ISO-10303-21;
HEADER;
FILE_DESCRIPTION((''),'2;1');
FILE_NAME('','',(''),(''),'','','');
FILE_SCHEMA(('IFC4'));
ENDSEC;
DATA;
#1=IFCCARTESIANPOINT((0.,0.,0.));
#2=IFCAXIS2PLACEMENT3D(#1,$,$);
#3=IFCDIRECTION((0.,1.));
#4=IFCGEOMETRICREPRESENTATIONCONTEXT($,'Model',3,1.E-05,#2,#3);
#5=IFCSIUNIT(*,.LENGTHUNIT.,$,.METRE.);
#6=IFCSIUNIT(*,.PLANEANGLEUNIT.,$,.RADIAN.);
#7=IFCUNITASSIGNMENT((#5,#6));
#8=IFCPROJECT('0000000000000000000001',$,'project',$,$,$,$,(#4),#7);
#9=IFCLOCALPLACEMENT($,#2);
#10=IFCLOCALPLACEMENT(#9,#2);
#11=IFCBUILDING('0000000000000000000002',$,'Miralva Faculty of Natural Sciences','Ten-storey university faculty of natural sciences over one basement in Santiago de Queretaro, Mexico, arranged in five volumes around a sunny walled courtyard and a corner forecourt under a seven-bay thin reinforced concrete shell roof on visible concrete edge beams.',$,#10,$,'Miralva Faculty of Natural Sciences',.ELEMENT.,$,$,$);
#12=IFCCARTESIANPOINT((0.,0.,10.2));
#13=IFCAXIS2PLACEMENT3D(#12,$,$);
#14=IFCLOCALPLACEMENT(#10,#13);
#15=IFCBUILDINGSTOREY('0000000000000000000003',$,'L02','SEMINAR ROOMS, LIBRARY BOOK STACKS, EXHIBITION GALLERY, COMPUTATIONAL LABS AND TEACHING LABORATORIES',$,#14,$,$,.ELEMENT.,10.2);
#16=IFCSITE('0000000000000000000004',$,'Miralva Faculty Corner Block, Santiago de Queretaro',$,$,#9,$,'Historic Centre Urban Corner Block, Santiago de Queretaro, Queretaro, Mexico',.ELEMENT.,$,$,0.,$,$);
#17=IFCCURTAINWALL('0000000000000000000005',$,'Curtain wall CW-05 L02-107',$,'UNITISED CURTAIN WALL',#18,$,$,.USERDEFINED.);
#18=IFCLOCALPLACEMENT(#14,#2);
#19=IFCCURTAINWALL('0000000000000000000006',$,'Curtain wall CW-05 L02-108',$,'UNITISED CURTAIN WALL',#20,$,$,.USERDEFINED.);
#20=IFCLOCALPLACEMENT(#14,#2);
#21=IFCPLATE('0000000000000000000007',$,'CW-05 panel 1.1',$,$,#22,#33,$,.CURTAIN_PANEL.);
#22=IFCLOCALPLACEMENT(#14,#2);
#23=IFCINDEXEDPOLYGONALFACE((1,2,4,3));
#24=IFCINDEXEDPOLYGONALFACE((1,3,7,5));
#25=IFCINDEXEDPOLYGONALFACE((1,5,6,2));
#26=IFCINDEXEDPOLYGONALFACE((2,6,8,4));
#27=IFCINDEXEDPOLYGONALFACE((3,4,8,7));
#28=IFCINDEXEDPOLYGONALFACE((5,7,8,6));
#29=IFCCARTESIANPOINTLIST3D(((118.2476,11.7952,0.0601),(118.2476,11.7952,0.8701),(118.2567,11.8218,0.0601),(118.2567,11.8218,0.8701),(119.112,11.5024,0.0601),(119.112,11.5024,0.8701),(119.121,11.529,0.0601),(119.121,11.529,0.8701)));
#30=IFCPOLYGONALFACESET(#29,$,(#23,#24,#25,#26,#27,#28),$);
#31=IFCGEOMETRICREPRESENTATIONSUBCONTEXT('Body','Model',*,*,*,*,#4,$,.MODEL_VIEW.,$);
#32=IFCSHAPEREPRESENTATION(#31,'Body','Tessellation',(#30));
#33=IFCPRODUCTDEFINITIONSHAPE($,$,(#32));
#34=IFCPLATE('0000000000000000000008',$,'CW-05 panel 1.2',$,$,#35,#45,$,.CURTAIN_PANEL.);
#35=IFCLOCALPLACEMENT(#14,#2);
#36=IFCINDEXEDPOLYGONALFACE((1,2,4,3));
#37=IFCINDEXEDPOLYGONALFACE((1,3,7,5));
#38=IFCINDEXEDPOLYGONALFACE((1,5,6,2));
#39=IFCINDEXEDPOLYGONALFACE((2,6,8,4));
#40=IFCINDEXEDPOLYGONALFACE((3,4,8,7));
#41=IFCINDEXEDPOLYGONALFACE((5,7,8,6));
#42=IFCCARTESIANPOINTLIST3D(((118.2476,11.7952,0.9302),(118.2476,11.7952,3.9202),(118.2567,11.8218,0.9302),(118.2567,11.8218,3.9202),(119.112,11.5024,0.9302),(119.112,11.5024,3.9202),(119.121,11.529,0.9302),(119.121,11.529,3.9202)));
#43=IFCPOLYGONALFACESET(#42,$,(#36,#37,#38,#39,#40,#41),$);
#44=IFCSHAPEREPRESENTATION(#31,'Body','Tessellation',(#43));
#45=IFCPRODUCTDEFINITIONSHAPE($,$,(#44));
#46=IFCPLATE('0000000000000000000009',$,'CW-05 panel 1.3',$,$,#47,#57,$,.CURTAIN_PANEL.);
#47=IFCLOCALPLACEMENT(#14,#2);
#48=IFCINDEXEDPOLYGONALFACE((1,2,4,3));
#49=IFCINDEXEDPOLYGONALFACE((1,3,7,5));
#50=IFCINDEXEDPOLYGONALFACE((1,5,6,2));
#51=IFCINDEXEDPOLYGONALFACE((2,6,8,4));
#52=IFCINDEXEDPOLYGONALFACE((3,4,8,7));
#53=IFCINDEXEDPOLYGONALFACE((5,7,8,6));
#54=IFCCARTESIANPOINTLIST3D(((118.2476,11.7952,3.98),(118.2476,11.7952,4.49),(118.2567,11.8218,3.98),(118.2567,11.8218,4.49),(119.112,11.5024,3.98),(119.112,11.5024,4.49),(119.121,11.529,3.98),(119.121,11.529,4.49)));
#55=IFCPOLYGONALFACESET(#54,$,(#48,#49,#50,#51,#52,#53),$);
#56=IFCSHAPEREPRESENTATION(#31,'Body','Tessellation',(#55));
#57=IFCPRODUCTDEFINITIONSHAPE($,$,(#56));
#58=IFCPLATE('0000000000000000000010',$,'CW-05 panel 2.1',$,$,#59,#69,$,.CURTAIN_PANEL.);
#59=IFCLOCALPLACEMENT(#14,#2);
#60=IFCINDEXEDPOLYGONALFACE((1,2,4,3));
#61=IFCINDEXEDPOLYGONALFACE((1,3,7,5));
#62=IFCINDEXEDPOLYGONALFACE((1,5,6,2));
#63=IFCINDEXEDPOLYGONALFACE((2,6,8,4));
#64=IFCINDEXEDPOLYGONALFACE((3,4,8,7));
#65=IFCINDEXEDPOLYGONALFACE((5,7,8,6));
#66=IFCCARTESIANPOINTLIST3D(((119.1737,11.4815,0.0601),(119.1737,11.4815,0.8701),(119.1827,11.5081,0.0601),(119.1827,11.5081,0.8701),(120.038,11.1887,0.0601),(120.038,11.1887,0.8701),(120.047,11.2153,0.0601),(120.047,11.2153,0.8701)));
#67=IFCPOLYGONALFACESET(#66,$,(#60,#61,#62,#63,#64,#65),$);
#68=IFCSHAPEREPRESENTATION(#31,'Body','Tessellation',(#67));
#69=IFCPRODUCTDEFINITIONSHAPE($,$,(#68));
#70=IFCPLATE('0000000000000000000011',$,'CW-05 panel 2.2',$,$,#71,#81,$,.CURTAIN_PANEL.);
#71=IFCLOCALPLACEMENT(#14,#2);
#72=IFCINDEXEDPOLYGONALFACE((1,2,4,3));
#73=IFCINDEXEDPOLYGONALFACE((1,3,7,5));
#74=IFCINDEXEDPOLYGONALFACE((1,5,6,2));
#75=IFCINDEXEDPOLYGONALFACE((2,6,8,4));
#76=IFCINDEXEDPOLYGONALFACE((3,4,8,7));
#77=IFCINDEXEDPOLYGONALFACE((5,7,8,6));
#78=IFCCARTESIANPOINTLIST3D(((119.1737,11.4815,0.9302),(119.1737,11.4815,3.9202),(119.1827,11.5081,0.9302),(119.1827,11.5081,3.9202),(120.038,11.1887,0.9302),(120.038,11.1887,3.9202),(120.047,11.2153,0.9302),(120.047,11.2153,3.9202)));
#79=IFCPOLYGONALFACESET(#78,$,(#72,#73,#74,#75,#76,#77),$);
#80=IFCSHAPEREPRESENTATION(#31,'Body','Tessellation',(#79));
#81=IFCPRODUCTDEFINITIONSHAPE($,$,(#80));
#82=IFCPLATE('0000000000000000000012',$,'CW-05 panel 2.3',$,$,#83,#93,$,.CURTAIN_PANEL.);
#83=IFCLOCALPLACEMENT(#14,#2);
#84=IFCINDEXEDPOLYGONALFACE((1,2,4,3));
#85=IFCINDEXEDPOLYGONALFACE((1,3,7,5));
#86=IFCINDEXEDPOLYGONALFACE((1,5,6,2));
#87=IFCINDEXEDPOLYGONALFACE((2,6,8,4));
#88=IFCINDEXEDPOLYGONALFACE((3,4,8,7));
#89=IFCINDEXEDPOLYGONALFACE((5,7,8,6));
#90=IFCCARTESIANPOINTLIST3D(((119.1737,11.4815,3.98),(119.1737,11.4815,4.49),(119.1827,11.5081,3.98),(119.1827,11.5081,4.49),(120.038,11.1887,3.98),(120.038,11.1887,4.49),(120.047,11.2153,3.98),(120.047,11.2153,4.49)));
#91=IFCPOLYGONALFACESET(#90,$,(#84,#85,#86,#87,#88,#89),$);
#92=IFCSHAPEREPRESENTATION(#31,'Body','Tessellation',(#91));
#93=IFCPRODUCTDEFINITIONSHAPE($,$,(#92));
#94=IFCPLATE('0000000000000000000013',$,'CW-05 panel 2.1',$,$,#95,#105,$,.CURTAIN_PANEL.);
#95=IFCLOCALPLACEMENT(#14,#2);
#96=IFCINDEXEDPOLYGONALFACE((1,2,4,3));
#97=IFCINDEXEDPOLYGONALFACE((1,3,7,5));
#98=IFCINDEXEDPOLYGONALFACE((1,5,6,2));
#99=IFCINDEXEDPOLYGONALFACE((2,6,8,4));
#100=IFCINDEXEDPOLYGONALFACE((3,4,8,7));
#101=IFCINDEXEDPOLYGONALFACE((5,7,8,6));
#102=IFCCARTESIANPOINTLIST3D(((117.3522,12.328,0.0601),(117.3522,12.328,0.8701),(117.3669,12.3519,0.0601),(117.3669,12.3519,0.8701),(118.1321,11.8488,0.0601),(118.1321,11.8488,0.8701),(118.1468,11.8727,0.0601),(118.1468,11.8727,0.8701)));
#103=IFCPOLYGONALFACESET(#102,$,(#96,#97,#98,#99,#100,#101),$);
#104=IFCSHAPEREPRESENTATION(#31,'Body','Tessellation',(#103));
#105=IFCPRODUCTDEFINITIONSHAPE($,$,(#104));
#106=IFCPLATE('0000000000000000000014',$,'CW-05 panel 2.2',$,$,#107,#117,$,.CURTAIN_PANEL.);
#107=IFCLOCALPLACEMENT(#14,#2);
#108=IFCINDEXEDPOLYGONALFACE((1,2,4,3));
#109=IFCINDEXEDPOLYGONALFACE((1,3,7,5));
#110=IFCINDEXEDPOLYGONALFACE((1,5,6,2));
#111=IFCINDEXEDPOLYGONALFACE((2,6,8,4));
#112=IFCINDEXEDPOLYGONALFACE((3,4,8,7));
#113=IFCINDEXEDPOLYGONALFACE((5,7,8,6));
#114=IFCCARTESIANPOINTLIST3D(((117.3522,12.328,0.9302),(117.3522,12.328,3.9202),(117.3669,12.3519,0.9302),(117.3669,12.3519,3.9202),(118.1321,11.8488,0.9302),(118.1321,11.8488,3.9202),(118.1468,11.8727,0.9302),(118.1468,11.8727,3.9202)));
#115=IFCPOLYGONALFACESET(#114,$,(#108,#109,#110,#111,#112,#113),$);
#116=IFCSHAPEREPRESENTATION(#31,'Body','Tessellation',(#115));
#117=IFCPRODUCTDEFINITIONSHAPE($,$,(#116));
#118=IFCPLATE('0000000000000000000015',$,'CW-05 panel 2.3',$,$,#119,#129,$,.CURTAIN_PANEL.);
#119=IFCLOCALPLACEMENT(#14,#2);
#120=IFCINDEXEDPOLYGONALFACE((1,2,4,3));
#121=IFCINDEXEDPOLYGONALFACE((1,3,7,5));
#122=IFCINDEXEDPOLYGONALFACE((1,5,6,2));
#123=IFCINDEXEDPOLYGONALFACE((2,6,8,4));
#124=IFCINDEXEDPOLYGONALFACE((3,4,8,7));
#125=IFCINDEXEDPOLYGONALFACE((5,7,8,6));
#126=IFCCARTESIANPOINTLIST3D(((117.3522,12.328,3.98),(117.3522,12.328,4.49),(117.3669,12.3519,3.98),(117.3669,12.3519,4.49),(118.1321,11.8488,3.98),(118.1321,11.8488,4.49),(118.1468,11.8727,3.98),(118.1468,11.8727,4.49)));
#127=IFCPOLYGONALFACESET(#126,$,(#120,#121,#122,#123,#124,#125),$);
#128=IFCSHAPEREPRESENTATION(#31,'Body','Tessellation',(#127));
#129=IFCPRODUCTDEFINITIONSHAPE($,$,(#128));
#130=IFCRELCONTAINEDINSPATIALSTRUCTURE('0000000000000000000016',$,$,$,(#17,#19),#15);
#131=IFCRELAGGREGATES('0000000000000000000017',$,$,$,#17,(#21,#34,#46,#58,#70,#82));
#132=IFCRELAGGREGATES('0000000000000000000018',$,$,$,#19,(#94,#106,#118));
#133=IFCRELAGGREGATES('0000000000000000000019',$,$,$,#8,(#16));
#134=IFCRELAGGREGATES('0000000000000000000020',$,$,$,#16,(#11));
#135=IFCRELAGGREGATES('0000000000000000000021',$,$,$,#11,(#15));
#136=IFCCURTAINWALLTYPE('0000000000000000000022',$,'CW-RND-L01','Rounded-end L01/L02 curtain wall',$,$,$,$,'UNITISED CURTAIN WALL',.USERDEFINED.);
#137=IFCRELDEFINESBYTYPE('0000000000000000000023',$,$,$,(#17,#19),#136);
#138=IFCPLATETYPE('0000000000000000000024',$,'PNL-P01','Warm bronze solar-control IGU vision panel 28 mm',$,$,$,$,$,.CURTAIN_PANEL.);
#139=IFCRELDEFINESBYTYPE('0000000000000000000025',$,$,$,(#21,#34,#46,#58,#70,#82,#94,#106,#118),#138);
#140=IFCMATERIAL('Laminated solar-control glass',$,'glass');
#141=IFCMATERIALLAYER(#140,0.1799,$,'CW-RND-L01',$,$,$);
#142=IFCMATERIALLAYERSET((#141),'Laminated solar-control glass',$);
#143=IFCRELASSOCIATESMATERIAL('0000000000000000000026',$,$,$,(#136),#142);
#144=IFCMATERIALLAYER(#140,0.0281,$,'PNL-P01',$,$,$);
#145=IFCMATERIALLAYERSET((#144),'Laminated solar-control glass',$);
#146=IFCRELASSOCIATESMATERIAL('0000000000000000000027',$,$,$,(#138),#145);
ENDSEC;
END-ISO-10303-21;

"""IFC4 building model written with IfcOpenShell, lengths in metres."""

from ifc_helpers import new_model, si_unit, direction, frame, origin, origin_2d, place, context, subcontext, project, spatial, rectangle, extrude, material, layer, layer_set, type_object, element, aggregate, save


model = new_model("IFC4")

# Units and contexts
model_context = context("Model", 3, precision=1e-05, world=origin(), true_north=direction((0.0, 1.0)))
body_context = subcontext(model_context, "Body", "Model", "MODEL_VIEW")
ifc_project = project(units=[si_unit("LENGTHUNIT", "METRE"), si_unit("PLANEANGLEUNIT", "RADIAN")], contexts=[model_context])

# Site, building, storey
site_placement = place(None, origin())
site = spatial("IfcSite", under=ifc_project, at=site_placement, Name="Miralva Faculty Corner Block, Santiago de Queretaro", LongName="Historic Centre Urban Corner Block, Santiago de Queretaro, Queretaro, Mexico", CompositionType="ELEMENT", RefElevation=0.0)
building_placement = place(site_placement, origin())
building = spatial("IfcBuilding", under=site, at=building_placement, Name="Miralva Faculty of Natural Sciences", Description="Ten-storey university faculty of natural sciences over one basement in Santiago de Queretaro, Mexico, arranged in five volumes around a sunny walled courtyard and a corner forecourt under a seven-bay thin reinforced concrete shell roof on visible concrete edge beams.", LongName="Miralva Faculty of Natural Sciences", CompositionType="ELEMENT")
storey_placement = place(building_placement, frame((0.0, 0.0, 10.2)))
storey = spatial("IfcBuildingStorey", under=building, at=storey_placement, Name="L02", Description="SEMINAR ROOMS, LIBRARY BOOK STACKS, EXHIBITION GALLERY, COMPUTATIONAL LABS AND TEACHING LABORATORIES", CompositionType="ELEMENT", Elevation=10.2)

# Curtain wall
ifc_material_1 = material(Name="Laminated solar-control glass", Category="glass")
ifc_layer_1 = layer(ifc_material_1, 0.1799, Name="CW-RND-L01")
ifc_layer_set_1 = layer_set([ifc_layer_1], Name="Laminated solar-control glass")
curtain_wall_type = type_object("IfcCurtainWallType", Name="CW-RND-L01", Description="Rounded-end L01/L02 curtain wall", ElementType="UNITISED CURTAIN WALL", PredefinedType="USERDEFINED", material=ifc_layer_set_1)
curtain_wall_1_placement = place(storey_placement, origin())
curtain_wall_1 = element("IfcCurtainWall", 1, at=curtain_wall_1_placement, inside=storey, type_object=curtain_wall_type, Name="Curtain wall CW-05 L02-107", ObjectType="UNITISED CURTAIN WALL", PredefinedType="USERDEFINED")

# Curtain wall
curtain_wall_2_placement = place(storey_placement, origin())
curtain_wall_2 = element("IfcCurtainWall", 2, at=curtain_wall_2_placement, inside=storey, type_object=curtain_wall_type, Name="Curtain wall CW-05 L02-108", ObjectType="UNITISED CURTAIN WALL", PredefinedType="USERDEFINED")

# Plates
ifc_layer_2 = layer(ifc_material_1, 0.0281, Name="PNL-P01")
ifc_layer_set_2 = layer_set([ifc_layer_2], Name="Laminated solar-control glass")
plate_type = type_object("IfcPlateType", Name="PNL-P01", Description="Warm bronze solar-control IGU vision panel 28 mm", PredefinedType="CURTAIN_PANEL", material=ifc_layer_set_2)
plate_1_placement = place(storey_placement, frame((118.6843, 11.6621, 0.0601), z_axis=(0.0, 0.0, 1.0), x_axis=(0.947133, -0.320842, 0.0)))
plate_1 = element("IfcPlate", 3, at=plate_1_placement, type_object=plate_type, Name="CW-05 panel 1.1", PredefinedType="CURTAIN_PANEL", context=body_context, shape_type="SweptSolid", body=[
    extrude(rectangle(XDim=0.9126, YDim=0.0281, at=origin_2d()), origin(), (0.0, 0.0, 1.0), 0.8101),
])
plate_2_placement = place(storey_placement, frame((118.6843, 11.6621, 0.9302), z_axis=(0.0, 0.0, 1.0), x_axis=(0.947133, -0.320842, 0.0)))
plate_2 = element("IfcPlate", 4, at=plate_2_placement, type_object=plate_type, Name="CW-05 panel 1.2", PredefinedType="CURTAIN_PANEL", context=body_context, shape_type="SweptSolid", body=[
    extrude(rectangle(XDim=0.9126, YDim=0.0281, at=origin_2d()), origin(), (0.0, 0.0, 1.0), 2.99),
])
plate_3_placement = place(storey_placement, frame((118.6843, 11.6621, 3.98), z_axis=(0.0, 0.0, 1.0), x_axis=(0.947133, -0.320842, 0.0)))
plate_3 = element("IfcPlate", 5, at=plate_3_placement, type_object=plate_type, Name="CW-05 panel 1.3", PredefinedType="CURTAIN_PANEL", context=body_context, shape_type="SweptSolid", body=[
    extrude(rectangle(XDim=0.9126, YDim=0.0281, at=origin_2d()), origin(), (0.0, 0.0, 1.0), 0.51),
])
plate_4_placement = place(storey_placement, frame((119.6104, 11.3484, 0.0601), z_axis=(0.0, 0.0, 1.0), x_axis=(0.947133, -0.320842, 0.0)))
plate_4 = element("IfcPlate", 6, at=plate_4_placement, type_object=plate_type, Name="CW-05 panel 2.1", PredefinedType="CURTAIN_PANEL", context=body_context, shape_type="SweptSolid", body=[
    extrude(rectangle(XDim=0.9126, YDim=0.0281, at=origin_2d()), origin(), (0.0, 0.0, 1.0), 0.8101),
])
plate_5_placement = place(storey_placement, frame((119.6104, 11.3484, 0.9302), z_axis=(0.0, 0.0, 1.0), x_axis=(0.947133, -0.320842, 0.0)))
plate_5 = element("IfcPlate", 7, at=plate_5_placement, type_object=plate_type, Name="CW-05 panel 2.2", PredefinedType="CURTAIN_PANEL", context=body_context, shape_type="SweptSolid", body=[
    extrude(rectangle(XDim=0.9126, YDim=0.0281, at=origin_2d()), origin(), (0.0, 0.0, 1.0), 2.99),
])
plate_6_placement = place(storey_placement, frame((119.6104, 11.3484, 3.98), z_axis=(0.0, 0.0, 1.0), x_axis=(0.947133, -0.320842, 0.0)))
plate_6 = element("IfcPlate", 8, at=plate_6_placement, type_object=plate_type, Name="CW-05 panel 2.3", PredefinedType="CURTAIN_PANEL", context=body_context, shape_type="SweptSolid", body=[
    extrude(rectangle(XDim=0.9126, YDim=0.0281, at=origin_2d()), origin(), (0.0, 0.0, 1.0), 0.51),
])
aggregate(curtain_wall_1, [plate_1, plate_2, plate_3, plate_4, plate_5, plate_6])
plate_7_placement = place(storey_placement, frame((117.7495, 12.1003, 0.0601), z_axis=(0.0, 0.0, 1.0), x_axis=(0.852004, -0.523535, 0.0)))
plate_7 = element("IfcPlate", 9, at=plate_7_placement, type_object=plate_type, Name="CW-05 panel 2.1", PredefinedType="CURTAIN_PANEL", context=body_context, shape_type="SweptSolid", body=[
    extrude(rectangle(XDim=0.9153, YDim=0.0281, at=origin_2d()), origin(), (0.0, 0.0, 1.0), 0.8101),
])
plate_8_placement = place(storey_placement, frame((117.7495, 12.1003, 0.9302), z_axis=(0.0, 0.0, 1.0), x_axis=(0.852004, -0.523535, 0.0)))
plate_8 = element("IfcPlate", 10, at=plate_8_placement, type_object=plate_type, Name="CW-05 panel 2.2", PredefinedType="CURTAIN_PANEL", context=body_context, shape_type="SweptSolid", body=[
    extrude(rectangle(XDim=0.9153, YDim=0.0281, at=origin_2d()), origin(), (0.0, 0.0, 1.0), 2.99),
])
plate_9_placement = place(storey_placement, frame((117.7495, 12.1003, 3.98), z_axis=(0.0, 0.0, 1.0), x_axis=(0.852004, -0.523535, 0.0)))
plate_9 = element("IfcPlate", 11, at=plate_9_placement, type_object=plate_type, Name="CW-05 panel 2.3", PredefinedType="CURTAIN_PANEL", context=body_context, shape_type="SweptSolid", body=[
    extrude(rectangle(XDim=0.9153, YDim=0.0281, at=origin_2d()), origin(), (0.0, 0.0, 1.0), 0.51),
])
aggregate(curtain_wall_2, [plate_7, plate_8, plate_9])

save(model, "model.ifc")
